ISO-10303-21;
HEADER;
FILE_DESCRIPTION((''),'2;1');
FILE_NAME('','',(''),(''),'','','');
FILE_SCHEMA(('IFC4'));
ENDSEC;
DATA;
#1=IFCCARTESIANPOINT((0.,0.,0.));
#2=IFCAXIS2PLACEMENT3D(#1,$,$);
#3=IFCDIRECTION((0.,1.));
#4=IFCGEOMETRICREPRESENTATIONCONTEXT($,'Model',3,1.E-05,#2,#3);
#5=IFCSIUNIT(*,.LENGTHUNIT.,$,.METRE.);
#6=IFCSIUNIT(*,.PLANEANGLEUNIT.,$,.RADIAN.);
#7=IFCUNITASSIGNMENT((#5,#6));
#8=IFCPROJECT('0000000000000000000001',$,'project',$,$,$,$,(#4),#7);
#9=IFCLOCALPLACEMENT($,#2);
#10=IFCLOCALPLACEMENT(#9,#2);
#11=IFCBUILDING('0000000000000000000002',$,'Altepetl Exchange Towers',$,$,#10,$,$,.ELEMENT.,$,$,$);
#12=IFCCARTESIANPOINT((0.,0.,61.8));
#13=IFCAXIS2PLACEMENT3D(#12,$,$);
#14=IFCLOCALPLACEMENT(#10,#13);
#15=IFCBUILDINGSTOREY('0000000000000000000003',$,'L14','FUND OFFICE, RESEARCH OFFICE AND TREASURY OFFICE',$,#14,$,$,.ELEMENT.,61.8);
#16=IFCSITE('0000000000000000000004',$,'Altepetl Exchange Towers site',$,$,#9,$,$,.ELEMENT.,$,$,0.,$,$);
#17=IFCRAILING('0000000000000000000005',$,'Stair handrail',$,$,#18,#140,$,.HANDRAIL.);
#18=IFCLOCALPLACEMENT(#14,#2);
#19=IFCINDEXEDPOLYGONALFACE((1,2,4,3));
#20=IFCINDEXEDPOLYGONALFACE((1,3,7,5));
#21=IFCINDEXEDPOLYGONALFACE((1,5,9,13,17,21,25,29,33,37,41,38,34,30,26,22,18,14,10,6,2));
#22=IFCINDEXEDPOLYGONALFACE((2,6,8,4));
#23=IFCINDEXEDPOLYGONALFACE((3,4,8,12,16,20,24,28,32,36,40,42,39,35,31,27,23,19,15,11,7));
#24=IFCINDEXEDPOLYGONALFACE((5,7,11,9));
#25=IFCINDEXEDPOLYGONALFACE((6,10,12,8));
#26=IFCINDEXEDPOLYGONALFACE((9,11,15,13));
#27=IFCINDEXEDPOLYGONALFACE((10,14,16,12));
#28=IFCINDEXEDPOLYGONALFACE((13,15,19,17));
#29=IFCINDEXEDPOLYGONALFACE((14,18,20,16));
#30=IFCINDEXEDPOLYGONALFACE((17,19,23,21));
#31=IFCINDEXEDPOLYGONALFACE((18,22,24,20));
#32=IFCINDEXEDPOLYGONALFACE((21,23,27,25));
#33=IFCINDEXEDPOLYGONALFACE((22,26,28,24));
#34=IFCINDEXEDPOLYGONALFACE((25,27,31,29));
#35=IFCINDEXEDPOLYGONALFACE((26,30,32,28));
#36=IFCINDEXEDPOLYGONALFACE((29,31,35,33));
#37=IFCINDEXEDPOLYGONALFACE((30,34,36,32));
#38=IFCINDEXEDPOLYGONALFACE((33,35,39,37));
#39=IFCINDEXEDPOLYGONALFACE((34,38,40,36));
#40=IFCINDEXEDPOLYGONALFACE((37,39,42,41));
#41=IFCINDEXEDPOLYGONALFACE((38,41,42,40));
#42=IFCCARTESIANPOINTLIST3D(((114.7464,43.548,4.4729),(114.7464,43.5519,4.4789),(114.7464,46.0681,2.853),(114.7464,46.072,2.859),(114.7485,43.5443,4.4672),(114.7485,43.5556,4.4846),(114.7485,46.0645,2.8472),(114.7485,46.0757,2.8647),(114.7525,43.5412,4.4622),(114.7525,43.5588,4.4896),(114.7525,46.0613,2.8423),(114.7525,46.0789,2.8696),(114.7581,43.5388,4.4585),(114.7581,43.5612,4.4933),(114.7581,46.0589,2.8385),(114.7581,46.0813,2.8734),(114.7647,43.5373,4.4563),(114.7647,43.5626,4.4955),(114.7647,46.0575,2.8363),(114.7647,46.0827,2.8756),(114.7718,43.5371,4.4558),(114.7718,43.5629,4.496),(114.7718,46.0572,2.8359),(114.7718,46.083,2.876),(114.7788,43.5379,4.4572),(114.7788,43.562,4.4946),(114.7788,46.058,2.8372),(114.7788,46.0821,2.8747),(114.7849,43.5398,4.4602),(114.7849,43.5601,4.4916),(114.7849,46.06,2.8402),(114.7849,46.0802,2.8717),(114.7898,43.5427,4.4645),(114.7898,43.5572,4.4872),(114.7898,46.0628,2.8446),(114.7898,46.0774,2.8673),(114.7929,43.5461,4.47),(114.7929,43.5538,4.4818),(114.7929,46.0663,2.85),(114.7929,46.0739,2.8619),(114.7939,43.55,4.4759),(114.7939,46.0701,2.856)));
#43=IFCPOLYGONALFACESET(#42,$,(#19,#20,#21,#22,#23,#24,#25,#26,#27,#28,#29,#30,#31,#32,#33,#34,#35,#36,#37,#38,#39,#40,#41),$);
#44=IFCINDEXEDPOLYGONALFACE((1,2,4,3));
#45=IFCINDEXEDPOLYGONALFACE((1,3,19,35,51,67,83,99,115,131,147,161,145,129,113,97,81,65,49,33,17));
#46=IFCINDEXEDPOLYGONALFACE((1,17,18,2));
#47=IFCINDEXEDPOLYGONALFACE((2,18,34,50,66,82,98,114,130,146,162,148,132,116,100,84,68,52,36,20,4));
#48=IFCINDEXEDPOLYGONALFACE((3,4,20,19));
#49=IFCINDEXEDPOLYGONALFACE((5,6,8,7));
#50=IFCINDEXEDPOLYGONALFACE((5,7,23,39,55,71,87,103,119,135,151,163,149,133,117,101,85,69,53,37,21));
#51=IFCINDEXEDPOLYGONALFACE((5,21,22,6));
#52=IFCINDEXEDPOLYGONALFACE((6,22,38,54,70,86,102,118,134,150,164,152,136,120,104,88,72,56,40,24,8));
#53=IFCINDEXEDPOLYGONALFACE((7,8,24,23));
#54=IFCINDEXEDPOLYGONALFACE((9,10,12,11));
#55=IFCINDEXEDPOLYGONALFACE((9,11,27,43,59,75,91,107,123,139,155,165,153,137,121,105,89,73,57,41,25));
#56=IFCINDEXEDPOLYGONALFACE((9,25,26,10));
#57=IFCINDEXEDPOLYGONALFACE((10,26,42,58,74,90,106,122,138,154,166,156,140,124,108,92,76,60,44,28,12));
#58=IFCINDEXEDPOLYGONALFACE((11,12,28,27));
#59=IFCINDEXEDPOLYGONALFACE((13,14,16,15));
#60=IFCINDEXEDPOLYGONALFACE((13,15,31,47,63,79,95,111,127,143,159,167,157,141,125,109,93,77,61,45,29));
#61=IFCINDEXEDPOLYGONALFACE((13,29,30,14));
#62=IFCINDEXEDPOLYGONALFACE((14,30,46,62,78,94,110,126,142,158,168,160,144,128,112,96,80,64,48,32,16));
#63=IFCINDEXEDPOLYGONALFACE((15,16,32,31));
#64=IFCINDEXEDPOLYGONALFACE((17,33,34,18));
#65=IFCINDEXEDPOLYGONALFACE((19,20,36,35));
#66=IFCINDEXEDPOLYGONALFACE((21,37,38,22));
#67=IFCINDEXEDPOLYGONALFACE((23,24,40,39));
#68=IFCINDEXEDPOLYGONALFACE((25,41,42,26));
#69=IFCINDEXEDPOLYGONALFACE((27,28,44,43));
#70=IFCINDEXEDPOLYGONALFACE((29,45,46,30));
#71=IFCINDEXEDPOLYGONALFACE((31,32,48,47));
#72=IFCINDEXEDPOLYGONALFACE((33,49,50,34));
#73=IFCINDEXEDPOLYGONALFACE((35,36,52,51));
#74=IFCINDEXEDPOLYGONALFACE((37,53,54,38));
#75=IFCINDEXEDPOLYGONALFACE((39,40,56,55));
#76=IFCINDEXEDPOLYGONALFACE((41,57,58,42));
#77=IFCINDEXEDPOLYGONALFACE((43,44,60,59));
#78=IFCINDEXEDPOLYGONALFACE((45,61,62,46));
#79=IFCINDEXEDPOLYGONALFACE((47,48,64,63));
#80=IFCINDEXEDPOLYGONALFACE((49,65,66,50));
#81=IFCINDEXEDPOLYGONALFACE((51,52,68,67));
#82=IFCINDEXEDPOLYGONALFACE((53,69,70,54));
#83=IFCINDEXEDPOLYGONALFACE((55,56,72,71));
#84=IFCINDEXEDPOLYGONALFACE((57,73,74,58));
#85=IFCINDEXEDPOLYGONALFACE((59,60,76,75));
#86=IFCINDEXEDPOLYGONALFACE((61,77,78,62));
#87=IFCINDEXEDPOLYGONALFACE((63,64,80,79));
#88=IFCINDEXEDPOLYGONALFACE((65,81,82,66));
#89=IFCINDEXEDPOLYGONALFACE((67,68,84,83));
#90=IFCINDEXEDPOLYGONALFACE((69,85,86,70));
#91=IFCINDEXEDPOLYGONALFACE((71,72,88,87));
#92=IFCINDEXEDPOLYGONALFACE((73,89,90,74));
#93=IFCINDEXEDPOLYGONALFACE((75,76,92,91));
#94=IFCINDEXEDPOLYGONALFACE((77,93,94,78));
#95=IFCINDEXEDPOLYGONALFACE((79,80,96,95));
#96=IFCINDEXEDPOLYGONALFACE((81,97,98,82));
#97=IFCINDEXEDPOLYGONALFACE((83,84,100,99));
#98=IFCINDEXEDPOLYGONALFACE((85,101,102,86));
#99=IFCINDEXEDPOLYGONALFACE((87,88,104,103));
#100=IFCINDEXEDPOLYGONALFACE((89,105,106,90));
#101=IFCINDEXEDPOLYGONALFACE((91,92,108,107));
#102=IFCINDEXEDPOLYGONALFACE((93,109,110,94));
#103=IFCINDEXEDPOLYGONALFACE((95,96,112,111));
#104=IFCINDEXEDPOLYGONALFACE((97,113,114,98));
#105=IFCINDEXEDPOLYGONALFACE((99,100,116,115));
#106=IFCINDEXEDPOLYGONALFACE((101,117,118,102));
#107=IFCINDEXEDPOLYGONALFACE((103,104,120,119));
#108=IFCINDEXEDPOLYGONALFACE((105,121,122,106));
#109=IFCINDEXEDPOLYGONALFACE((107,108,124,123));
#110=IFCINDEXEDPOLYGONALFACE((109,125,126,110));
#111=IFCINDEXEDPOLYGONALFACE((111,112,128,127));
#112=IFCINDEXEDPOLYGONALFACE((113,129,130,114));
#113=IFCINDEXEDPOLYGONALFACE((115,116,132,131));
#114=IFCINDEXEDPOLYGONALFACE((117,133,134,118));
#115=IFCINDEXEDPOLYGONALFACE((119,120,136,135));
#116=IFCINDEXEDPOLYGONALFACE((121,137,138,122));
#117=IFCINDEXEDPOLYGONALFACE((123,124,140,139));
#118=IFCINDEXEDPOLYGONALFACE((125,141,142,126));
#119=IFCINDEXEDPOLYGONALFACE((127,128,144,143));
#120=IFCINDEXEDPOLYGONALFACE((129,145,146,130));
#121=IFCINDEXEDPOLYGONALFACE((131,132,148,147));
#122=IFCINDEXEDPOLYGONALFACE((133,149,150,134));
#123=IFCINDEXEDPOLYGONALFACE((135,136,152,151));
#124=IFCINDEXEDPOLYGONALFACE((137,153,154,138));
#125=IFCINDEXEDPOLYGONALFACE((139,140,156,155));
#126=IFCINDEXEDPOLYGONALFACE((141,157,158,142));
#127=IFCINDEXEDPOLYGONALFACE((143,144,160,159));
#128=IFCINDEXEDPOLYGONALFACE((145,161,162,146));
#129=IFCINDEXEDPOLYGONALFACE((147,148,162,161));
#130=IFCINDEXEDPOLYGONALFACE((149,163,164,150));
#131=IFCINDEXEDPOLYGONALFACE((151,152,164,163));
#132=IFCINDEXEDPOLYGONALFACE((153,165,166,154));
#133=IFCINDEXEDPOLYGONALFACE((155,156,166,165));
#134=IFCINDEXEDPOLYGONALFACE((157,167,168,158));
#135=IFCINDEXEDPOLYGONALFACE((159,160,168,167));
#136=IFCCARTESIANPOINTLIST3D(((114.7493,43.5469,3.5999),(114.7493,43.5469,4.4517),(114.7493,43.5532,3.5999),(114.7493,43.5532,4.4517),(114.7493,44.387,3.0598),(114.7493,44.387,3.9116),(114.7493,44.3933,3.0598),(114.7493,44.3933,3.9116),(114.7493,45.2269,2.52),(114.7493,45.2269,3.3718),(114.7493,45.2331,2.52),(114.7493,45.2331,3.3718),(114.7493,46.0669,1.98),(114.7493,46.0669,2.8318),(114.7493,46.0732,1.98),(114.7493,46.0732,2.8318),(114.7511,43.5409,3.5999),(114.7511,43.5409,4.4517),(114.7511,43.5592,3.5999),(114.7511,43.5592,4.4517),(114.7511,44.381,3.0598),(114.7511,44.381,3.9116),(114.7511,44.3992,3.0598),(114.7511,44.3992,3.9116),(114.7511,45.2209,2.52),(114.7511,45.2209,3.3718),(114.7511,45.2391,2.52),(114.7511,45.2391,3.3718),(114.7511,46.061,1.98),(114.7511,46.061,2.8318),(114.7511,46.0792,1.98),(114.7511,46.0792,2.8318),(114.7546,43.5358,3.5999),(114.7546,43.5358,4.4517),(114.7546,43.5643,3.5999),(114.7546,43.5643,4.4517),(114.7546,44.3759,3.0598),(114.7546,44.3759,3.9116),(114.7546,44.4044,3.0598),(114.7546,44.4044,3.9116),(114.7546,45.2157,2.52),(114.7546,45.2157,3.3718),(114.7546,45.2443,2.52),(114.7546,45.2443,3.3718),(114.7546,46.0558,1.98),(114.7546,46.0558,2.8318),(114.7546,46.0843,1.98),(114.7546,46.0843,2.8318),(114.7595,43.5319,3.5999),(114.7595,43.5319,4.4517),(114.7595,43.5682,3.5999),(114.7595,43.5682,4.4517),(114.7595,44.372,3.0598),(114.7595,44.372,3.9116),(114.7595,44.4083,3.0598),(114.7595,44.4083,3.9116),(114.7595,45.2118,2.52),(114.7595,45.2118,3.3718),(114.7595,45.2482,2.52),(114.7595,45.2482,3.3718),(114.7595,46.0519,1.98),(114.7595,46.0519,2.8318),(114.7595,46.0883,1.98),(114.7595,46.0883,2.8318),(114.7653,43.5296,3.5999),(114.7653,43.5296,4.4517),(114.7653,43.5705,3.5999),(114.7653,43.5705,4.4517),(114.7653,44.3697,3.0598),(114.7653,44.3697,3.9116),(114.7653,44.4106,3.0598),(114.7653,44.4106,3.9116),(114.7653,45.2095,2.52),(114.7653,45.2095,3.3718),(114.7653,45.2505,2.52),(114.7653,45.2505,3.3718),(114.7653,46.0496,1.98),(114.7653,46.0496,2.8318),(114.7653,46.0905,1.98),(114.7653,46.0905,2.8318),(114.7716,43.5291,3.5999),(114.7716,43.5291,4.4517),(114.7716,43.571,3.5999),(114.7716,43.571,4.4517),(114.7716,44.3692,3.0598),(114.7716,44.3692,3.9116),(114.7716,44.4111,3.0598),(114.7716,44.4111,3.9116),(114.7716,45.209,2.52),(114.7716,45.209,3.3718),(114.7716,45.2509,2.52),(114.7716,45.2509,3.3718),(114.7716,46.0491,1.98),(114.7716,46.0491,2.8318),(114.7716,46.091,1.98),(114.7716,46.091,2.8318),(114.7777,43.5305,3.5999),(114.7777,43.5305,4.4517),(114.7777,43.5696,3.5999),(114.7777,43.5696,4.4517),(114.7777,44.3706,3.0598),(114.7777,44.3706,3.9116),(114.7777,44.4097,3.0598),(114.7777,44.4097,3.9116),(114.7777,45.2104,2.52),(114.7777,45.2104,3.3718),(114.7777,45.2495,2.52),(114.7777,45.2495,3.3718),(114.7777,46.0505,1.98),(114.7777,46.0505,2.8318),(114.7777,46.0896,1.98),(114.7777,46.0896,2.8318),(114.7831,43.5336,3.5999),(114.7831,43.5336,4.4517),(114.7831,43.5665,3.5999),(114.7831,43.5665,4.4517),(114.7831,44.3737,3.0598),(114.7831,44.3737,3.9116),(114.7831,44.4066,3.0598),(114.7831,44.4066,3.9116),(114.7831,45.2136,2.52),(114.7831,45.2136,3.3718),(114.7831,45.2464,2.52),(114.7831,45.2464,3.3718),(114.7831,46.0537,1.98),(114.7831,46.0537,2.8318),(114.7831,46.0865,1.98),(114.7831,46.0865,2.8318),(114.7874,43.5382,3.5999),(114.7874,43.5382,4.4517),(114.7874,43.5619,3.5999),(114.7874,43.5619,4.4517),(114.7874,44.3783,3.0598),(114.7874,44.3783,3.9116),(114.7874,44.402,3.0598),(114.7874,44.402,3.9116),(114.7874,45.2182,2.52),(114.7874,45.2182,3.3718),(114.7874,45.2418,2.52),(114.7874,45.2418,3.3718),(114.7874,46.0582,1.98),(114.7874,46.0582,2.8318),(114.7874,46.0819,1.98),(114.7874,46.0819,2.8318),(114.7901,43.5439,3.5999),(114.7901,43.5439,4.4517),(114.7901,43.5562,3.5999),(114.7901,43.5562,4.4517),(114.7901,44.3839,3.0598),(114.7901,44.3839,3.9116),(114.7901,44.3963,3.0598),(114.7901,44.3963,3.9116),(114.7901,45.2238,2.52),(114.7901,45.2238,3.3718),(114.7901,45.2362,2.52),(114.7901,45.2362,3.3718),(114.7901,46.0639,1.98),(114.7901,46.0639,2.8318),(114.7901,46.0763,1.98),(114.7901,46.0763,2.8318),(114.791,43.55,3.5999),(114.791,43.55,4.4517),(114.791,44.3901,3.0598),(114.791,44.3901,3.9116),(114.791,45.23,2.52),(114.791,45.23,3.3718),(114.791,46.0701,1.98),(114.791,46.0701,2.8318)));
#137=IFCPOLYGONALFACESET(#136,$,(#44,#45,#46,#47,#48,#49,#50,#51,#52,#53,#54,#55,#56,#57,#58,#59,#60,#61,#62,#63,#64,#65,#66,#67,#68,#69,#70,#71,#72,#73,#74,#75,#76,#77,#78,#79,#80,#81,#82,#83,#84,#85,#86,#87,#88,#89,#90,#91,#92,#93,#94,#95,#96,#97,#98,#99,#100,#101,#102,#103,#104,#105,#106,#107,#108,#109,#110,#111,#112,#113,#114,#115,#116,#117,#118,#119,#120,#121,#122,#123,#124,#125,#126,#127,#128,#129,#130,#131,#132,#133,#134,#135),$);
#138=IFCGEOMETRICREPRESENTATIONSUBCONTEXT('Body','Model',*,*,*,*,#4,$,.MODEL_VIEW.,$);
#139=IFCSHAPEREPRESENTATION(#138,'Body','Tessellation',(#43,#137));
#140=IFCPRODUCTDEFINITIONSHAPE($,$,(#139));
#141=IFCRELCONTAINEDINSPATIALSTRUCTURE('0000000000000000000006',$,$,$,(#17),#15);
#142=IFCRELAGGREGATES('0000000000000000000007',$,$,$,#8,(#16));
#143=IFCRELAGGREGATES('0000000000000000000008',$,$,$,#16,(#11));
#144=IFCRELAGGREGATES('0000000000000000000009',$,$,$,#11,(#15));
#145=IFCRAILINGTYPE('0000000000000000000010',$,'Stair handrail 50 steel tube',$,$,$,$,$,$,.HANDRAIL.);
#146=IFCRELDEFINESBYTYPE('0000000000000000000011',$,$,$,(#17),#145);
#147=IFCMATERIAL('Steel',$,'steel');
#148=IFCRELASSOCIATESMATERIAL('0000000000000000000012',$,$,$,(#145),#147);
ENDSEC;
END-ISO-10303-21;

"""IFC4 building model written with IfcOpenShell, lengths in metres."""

from ifc_helpers import new_model, si_unit, direction, frame, origin, origin_2d, place, context, subcontext, project, spatial, circle, extrude, source, transform, mapped, material, type_object, element, save


model = new_model("IFC4")

# Units and contexts
model_context = context("Model", 3, precision=1e-05, world=origin(), true_north=direction((0.0, 1.0)))
body_context = subcontext(model_context, "Body", "Model", "MODEL_VIEW")
ifc_project = project(units=[si_unit("LENGTHUNIT", "METRE"), si_unit("PLANEANGLEUNIT", "RADIAN")], contexts=[model_context])

# Site, building, storey
site_placement = place(None, origin())
site = spatial("IfcSite", under=ifc_project, at=site_placement, Name="Altepetl Exchange Towers site", CompositionType="ELEMENT", RefElevation=0.0)
building_placement = place(site_placement, origin())
building = spatial("IfcBuilding", under=site, at=building_placement, Name="Altepetl Exchange Towers", CompositionType="ELEMENT")
storey_placement = place(building_placement, frame((0.0, 0.0, 61.8)))
storey = spatial("IfcBuildingStorey", under=building, at=storey_placement, Name="L14", Description="FUND OFFICE, RESEARCH OFFICE AND TREASURY OFFICE", CompositionType="ELEMENT", Elevation=61.8)

# Railing
ifc_material_1 = material(Name="Steel", Category="steel")
railing_type = type_object("IfcRailingType", Name="Stair handrail 50 steel tube", PredefinedType="HANDRAIL", material=ifc_material_1)
shared_shape = source(origin(), body_context, "Body", "SweptSolid", [
    extrude(circle(Radius=0.021, at=origin_2d()), origin(), (0.0, 0.0, 1.0), 0.8518),
])
railing_1_placement = place(storey_placement, frame((114.77, 46.0701, 1.98)))
element("IfcRailing", 1, at=railing_1_placement, inside=storey, type_object=railing_type, Name="Stair handrail", PredefinedType="HANDRAIL", context=body_context, shape_type="SweptSolid", body=[
    extrude(circle(Radius=0.0239, at=origin_2d()), frame((0.0, 0.0, 0.876), z_axis=(0.0, -0.8412, 0.540725), x_axis=(1.0, 0.0, 0.0)), (0.0, 0.0, 1.0), 2.9958),
    mapped(shared_shape, transform((0.0, 0.0, 0.0))),
    mapped(shared_shape, transform((0.0, -0.8401, 0.54))),
    mapped(shared_shape, transform((0.0, -1.6799, 1.0798))),
    mapped(shared_shape, transform((0.0, -2.52, 1.6199))),
])

save(model, "model.ifc")
